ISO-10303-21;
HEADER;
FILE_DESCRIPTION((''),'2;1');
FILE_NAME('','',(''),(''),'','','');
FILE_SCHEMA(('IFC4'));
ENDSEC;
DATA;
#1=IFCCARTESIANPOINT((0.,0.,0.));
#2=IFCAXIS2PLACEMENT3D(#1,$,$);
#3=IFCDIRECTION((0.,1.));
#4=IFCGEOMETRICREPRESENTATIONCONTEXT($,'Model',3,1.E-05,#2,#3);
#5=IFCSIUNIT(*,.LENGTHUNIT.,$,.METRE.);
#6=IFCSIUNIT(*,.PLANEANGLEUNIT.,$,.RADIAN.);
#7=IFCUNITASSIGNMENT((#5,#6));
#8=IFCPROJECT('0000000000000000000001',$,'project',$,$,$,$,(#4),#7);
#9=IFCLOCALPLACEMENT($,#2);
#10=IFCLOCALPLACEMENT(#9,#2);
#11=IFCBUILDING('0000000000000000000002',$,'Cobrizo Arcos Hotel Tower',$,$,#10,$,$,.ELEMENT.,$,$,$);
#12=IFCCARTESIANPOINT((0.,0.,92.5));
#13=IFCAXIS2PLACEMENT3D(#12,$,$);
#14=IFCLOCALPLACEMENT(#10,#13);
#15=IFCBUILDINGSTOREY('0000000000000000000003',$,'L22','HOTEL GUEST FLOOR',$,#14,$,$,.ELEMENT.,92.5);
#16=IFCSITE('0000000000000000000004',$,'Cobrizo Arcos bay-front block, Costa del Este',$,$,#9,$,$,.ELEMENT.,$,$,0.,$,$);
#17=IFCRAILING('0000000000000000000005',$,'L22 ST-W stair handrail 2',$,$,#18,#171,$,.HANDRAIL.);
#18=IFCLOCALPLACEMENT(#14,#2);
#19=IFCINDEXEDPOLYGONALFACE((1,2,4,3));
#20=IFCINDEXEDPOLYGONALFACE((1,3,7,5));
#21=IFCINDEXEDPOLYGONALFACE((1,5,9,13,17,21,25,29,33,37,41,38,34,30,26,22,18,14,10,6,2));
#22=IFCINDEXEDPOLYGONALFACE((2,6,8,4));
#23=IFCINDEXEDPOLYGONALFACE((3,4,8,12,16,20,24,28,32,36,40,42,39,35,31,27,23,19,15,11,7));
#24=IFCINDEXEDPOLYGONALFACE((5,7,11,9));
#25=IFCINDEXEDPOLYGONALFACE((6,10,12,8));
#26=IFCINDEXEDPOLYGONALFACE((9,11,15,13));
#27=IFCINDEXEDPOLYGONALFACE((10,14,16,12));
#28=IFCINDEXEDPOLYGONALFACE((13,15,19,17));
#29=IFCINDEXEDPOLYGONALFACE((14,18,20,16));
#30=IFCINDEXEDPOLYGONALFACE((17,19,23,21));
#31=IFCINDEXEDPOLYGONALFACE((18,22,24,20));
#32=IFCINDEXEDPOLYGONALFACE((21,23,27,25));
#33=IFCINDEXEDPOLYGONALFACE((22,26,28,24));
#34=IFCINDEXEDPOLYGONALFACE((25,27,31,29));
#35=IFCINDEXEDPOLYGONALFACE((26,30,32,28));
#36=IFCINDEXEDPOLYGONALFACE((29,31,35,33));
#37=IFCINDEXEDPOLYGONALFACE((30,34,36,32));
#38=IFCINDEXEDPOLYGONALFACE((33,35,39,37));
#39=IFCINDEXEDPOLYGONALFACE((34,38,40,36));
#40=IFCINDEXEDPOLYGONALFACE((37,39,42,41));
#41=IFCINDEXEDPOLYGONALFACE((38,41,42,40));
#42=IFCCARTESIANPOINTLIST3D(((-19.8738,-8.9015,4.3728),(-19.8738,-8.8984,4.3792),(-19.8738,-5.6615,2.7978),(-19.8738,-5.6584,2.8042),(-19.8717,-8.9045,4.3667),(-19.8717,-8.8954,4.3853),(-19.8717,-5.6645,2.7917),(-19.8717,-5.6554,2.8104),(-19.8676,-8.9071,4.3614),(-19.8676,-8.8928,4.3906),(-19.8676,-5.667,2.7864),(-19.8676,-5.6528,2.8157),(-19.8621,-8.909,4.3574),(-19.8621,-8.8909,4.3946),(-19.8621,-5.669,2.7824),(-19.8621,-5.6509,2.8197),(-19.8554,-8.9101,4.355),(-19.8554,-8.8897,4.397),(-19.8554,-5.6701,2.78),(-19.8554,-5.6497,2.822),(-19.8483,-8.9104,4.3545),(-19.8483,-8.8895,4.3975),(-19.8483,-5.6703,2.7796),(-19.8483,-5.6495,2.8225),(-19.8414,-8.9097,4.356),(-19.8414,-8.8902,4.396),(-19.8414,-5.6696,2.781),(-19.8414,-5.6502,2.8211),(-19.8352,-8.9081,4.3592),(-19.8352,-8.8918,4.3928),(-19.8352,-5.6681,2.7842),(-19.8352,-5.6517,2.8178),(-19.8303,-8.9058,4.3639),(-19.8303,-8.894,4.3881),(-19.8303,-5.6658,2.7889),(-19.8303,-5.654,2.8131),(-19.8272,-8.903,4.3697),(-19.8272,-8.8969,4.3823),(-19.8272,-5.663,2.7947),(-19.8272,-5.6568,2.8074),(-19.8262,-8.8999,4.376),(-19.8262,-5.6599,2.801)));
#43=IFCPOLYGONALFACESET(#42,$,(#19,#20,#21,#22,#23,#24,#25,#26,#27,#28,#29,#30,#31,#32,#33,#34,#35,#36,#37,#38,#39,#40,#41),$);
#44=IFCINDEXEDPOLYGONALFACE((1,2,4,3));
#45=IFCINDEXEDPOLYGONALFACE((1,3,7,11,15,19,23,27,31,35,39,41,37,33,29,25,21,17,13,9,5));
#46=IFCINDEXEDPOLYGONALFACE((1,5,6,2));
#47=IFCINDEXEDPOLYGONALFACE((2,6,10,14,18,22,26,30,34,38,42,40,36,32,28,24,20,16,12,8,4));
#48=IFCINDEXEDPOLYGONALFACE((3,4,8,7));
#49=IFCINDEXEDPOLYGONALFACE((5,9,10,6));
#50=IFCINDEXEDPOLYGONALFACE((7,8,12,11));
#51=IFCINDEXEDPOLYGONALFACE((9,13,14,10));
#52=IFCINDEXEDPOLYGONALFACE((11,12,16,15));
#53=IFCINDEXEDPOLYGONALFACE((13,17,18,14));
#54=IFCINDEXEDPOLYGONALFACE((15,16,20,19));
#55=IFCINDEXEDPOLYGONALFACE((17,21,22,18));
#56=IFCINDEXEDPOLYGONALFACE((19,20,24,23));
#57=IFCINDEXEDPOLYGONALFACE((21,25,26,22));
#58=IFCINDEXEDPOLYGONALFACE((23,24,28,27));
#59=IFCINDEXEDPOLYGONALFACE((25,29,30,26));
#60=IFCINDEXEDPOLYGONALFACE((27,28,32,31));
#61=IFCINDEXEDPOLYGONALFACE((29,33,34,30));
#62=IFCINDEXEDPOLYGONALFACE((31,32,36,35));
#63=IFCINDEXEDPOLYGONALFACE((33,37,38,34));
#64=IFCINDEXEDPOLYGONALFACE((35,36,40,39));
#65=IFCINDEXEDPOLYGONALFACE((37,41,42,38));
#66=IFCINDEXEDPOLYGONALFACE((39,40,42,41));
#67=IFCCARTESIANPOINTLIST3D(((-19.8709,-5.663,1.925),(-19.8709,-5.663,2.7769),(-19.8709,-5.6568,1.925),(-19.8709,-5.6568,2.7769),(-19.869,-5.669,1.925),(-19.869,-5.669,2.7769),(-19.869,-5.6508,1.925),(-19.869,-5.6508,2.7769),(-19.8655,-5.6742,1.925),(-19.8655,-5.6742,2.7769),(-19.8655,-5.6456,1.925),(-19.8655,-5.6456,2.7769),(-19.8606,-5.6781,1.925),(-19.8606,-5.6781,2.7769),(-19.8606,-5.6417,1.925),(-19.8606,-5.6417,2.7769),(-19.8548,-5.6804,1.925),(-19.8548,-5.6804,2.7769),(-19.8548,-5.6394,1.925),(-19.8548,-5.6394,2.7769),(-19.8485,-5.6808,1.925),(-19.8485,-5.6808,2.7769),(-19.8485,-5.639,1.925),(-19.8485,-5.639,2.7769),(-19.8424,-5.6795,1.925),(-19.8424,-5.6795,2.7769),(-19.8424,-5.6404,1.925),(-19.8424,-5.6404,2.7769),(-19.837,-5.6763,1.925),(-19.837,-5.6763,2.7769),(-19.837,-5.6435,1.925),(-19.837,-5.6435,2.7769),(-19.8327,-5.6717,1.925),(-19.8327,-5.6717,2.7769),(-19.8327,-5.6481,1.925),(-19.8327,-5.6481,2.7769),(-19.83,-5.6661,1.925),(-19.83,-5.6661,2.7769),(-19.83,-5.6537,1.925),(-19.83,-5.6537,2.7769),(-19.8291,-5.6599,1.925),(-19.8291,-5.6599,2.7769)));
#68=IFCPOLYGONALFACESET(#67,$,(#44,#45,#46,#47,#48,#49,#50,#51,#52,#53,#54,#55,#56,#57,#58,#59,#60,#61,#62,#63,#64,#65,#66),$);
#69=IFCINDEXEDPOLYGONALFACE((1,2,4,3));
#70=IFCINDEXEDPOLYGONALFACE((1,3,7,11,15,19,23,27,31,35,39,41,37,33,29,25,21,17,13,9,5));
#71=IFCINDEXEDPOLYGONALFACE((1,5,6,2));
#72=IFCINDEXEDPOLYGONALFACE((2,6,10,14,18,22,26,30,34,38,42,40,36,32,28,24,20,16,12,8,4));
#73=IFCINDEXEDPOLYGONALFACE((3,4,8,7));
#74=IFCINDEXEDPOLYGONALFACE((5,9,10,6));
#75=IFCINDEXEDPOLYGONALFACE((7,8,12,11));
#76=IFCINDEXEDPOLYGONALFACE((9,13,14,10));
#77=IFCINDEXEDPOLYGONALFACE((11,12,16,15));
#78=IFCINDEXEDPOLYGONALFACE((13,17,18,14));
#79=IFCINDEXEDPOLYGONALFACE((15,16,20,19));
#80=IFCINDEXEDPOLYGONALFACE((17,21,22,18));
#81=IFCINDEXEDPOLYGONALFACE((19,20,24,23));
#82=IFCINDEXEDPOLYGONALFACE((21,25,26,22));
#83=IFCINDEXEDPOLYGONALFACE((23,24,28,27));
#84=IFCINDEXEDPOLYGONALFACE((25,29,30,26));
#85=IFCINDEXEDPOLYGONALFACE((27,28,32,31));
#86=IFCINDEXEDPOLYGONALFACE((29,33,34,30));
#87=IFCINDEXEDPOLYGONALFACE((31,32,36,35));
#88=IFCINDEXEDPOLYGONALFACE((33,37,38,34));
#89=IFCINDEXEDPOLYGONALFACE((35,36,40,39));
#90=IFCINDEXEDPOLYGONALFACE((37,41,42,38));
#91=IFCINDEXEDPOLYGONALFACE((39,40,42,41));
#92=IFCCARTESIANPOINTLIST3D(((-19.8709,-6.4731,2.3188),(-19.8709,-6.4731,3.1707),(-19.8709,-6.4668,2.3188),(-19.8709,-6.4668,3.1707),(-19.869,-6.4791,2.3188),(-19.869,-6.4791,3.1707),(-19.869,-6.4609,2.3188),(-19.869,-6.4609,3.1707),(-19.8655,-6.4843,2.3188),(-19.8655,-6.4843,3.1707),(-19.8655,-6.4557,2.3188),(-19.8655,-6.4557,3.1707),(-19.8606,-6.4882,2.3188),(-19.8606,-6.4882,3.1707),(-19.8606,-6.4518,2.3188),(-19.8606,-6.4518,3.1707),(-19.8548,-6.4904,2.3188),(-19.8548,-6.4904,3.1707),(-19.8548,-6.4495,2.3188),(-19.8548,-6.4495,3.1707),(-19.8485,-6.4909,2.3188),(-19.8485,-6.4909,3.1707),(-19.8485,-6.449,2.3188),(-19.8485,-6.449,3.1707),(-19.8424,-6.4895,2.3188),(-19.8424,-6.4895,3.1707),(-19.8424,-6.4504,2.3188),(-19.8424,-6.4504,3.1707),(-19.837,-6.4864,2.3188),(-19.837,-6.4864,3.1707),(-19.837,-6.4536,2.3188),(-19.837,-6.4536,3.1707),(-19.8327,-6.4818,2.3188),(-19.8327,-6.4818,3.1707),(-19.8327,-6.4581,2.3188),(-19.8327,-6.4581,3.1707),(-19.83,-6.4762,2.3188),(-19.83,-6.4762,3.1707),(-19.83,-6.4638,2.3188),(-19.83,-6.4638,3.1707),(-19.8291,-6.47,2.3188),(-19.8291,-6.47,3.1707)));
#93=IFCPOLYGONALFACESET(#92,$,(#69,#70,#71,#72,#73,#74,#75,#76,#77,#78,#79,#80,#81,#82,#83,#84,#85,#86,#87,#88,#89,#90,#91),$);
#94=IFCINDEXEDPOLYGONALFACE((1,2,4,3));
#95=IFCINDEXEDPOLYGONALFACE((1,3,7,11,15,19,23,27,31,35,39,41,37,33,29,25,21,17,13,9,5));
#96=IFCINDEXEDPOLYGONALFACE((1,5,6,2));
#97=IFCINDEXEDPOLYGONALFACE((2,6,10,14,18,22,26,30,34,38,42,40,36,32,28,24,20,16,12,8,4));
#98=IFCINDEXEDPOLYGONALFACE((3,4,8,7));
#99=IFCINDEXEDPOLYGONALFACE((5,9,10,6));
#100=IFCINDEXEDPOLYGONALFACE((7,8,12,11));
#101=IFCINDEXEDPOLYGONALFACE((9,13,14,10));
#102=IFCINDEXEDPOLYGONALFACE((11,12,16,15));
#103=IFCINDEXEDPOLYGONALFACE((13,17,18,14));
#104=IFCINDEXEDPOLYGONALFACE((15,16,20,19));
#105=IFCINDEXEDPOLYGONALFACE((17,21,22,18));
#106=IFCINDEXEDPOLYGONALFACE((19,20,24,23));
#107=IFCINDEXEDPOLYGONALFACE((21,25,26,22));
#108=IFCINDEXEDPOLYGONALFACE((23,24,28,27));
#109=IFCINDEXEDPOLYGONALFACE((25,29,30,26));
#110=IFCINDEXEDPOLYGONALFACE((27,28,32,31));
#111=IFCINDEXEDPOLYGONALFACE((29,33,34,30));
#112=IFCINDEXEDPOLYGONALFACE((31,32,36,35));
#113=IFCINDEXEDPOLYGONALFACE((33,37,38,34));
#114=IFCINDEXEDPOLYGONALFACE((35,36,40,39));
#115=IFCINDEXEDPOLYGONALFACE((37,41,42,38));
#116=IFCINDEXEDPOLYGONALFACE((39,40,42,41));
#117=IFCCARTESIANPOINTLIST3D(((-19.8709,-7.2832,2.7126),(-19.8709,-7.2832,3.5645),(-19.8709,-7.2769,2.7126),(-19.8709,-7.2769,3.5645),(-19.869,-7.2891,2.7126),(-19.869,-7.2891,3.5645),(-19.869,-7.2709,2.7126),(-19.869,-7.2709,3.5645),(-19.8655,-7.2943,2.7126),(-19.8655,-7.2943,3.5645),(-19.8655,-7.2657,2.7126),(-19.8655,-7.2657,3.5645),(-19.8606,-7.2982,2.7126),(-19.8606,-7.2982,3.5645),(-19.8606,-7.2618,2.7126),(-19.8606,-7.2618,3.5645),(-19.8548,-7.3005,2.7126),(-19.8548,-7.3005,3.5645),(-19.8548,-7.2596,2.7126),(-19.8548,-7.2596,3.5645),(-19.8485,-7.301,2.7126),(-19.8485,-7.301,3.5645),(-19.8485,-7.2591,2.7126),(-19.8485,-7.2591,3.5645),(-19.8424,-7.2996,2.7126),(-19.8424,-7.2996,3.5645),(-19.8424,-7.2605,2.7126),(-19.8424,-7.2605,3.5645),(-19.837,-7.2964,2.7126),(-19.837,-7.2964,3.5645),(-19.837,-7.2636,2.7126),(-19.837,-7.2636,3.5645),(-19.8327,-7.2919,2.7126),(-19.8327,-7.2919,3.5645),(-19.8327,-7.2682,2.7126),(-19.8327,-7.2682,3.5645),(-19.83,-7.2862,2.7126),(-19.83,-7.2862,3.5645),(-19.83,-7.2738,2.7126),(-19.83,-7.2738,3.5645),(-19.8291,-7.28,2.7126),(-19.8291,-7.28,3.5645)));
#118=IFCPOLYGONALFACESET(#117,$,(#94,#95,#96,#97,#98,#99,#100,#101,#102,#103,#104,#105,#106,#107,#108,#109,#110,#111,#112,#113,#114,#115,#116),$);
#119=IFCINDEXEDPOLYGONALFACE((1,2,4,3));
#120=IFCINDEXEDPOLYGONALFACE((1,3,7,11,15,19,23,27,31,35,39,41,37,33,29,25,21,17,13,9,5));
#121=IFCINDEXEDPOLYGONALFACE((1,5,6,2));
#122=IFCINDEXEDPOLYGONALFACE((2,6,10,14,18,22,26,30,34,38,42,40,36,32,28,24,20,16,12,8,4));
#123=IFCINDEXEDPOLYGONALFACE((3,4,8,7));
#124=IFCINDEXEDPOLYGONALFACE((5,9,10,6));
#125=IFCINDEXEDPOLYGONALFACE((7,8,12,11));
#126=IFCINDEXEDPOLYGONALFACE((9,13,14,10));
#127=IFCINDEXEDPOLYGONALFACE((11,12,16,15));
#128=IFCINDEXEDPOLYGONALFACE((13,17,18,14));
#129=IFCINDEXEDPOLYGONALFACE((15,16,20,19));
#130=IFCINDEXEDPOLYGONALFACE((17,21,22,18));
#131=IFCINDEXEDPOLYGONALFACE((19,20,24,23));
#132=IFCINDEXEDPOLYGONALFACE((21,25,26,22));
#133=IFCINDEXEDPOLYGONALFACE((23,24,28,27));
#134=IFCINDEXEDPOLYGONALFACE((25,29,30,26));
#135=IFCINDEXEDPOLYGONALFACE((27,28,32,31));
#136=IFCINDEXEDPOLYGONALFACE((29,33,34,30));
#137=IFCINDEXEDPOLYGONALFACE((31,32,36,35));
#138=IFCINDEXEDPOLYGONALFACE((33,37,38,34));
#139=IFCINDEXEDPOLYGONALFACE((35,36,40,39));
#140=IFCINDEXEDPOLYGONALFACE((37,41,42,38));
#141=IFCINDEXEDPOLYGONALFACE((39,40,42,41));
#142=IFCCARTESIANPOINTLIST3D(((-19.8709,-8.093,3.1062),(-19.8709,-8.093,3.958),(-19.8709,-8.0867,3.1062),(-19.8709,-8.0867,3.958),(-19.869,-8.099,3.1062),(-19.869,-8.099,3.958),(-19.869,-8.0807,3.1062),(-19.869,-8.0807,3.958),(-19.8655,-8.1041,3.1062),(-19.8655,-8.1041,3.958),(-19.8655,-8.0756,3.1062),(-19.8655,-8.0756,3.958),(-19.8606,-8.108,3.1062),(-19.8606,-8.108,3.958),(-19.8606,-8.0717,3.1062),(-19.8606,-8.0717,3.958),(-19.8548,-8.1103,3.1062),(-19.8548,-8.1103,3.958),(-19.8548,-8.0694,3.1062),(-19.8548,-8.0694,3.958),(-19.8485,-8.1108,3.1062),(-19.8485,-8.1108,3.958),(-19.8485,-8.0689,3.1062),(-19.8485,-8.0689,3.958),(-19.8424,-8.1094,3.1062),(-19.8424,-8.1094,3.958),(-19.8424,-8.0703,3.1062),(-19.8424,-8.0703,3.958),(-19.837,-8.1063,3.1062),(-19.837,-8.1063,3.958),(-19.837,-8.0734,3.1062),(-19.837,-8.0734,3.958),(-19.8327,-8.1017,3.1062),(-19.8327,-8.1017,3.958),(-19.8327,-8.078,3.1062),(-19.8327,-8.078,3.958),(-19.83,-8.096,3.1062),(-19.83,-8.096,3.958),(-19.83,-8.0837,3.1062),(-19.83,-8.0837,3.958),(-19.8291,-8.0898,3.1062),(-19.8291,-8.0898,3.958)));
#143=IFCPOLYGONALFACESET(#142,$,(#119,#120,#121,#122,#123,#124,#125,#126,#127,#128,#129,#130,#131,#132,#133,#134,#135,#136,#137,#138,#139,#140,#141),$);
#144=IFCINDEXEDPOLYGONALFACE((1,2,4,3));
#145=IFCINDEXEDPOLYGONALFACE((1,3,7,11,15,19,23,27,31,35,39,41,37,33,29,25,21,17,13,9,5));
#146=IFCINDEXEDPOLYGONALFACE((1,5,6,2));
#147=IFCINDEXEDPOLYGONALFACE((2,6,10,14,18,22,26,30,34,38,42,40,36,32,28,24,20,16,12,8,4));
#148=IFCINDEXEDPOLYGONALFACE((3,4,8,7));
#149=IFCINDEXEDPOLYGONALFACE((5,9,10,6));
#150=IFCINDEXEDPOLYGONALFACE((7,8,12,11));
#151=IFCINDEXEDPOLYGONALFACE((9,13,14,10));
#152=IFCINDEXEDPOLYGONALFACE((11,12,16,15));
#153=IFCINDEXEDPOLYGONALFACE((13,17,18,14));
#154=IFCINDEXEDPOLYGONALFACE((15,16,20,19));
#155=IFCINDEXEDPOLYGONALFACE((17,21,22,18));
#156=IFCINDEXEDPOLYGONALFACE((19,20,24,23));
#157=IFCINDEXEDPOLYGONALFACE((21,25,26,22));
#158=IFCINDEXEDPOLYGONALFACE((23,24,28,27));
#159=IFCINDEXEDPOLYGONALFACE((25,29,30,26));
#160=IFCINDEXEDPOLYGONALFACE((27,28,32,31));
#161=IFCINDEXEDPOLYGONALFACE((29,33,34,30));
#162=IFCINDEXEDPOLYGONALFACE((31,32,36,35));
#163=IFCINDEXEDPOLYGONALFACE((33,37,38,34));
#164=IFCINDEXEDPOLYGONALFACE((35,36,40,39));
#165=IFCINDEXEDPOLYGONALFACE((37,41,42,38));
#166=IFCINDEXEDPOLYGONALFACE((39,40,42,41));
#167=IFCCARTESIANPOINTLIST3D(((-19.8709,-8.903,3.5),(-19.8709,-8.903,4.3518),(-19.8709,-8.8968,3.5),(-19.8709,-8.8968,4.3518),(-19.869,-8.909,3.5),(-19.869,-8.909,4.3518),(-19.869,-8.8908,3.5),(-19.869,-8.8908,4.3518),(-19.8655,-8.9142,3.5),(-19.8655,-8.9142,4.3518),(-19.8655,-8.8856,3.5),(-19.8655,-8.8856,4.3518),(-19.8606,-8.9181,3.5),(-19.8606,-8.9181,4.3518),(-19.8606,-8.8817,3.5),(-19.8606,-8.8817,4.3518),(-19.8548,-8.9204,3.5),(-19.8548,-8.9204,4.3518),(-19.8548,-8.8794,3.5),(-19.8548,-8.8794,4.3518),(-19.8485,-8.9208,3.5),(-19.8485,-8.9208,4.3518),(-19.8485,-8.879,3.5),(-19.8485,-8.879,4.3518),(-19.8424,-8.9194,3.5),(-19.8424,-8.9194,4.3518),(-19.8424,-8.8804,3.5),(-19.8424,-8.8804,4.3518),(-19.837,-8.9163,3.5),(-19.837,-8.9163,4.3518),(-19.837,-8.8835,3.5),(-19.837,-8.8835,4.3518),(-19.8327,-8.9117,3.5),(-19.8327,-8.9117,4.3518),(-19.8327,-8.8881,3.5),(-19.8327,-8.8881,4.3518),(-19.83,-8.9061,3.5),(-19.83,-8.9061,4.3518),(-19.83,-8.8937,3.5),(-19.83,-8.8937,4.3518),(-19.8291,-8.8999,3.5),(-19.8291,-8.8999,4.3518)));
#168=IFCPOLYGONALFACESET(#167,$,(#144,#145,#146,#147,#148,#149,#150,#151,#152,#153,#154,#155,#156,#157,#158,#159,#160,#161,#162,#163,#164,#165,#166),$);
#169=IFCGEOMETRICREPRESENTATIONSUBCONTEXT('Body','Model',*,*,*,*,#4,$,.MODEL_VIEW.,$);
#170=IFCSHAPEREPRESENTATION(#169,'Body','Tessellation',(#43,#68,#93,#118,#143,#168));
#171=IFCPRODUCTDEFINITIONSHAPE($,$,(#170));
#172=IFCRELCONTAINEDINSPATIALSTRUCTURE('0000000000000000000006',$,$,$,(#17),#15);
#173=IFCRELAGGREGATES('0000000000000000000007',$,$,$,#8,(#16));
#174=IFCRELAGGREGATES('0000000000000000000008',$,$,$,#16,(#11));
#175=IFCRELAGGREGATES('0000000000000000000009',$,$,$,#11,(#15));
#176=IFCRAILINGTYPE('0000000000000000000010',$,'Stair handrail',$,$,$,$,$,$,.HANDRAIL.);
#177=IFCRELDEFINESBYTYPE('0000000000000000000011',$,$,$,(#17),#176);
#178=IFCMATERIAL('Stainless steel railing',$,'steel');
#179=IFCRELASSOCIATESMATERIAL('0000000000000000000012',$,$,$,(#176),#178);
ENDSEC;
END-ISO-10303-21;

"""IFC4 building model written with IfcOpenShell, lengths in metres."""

from ifc_helpers import new_model, si_unit, direction, frame, origin, origin_2d, place, context, subcontext, project, spatial, circle, extrude, material, type_object, element, save


model = new_model("IFC4")

# Units and contexts
model_context = context("Model", 3, precision=1e-05, world=origin(), true_north=direction((0.0, 1.0)))
body_context = subcontext(model_context, "Body", "Model", "MODEL_VIEW")
ifc_project = project(units=[si_unit("LENGTHUNIT", "METRE"), si_unit("PLANEANGLEUNIT", "RADIAN")], contexts=[model_context])

# Site, building, storey
site_placement = place(None, origin())
site = spatial("IfcSite", under=ifc_project, at=site_placement, Name="Cobrizo Arcos bay-front block, Costa del Este", CompositionType="ELEMENT", RefElevation=0.0)
building_placement = place(site_placement, origin())
building = spatial("IfcBuilding", under=site, at=building_placement, Name="Cobrizo Arcos Hotel Tower", CompositionType="ELEMENT")
storey_placement = place(building_placement, frame((0.0, 0.0, 92.5)))
storey = spatial("IfcBuildingStorey", under=building, at=storey_placement, Name="L22", Description="HOTEL GUEST FLOOR", CompositionType="ELEMENT", Elevation=92.5)

# Railing
ifc_material_1 = material(Name="Stainless steel railing", Category="steel")
railing_type_1 = type_object("IfcRailingType", Name="Stair handrail", PredefinedType="HANDRAIL", material=ifc_material_1)
railing_1_placement = place(storey_placement, frame((-19.8501, -5.6599, 1.925)))
element("IfcRailing", 1, at=railing_1_placement, inside=storey, type_object=railing_type_1, Name="L22 ST-W stair handrail 2", PredefinedType="HANDRAIL", context=body_context, shape_type="SweptSolid", body=[
    extrude(circle(Radius=0.0239, at=origin_2d()), frame((0.0, 0.0, 0.876), z_axis=(0.0, -0.899373, 0.437183), x_axis=(1.0, 0.0, 0.0)), (0.0, 0.0, 1.0), 3.6025),
    extrude(circle(Radius=0.021, at=origin_2d()), origin(), (0.0, 0.0, 1.0), 0.8518),
    extrude(circle(Radius=0.021, at=origin_2d()), frame((0.0, -0.8101, 0.3938)), (0.0, 0.0, 1.0), 0.8518),
    extrude(circle(Radius=0.021, at=origin_2d()), frame((0.0, -1.6201, 0.7876)), (0.0, 0.0, 1.0), 0.8518),
    extrude(circle(Radius=0.021, at=origin_2d()), frame((0.0, -2.4299, 1.1812)), (0.0, 0.0, 1.0), 0.8518),
    extrude(circle(Radius=0.021, at=origin_2d()), frame((0.0, -3.24, 1.575)), (0.0, 0.0, 1.0), 0.8518),
])

save(model, "model.ifc")
